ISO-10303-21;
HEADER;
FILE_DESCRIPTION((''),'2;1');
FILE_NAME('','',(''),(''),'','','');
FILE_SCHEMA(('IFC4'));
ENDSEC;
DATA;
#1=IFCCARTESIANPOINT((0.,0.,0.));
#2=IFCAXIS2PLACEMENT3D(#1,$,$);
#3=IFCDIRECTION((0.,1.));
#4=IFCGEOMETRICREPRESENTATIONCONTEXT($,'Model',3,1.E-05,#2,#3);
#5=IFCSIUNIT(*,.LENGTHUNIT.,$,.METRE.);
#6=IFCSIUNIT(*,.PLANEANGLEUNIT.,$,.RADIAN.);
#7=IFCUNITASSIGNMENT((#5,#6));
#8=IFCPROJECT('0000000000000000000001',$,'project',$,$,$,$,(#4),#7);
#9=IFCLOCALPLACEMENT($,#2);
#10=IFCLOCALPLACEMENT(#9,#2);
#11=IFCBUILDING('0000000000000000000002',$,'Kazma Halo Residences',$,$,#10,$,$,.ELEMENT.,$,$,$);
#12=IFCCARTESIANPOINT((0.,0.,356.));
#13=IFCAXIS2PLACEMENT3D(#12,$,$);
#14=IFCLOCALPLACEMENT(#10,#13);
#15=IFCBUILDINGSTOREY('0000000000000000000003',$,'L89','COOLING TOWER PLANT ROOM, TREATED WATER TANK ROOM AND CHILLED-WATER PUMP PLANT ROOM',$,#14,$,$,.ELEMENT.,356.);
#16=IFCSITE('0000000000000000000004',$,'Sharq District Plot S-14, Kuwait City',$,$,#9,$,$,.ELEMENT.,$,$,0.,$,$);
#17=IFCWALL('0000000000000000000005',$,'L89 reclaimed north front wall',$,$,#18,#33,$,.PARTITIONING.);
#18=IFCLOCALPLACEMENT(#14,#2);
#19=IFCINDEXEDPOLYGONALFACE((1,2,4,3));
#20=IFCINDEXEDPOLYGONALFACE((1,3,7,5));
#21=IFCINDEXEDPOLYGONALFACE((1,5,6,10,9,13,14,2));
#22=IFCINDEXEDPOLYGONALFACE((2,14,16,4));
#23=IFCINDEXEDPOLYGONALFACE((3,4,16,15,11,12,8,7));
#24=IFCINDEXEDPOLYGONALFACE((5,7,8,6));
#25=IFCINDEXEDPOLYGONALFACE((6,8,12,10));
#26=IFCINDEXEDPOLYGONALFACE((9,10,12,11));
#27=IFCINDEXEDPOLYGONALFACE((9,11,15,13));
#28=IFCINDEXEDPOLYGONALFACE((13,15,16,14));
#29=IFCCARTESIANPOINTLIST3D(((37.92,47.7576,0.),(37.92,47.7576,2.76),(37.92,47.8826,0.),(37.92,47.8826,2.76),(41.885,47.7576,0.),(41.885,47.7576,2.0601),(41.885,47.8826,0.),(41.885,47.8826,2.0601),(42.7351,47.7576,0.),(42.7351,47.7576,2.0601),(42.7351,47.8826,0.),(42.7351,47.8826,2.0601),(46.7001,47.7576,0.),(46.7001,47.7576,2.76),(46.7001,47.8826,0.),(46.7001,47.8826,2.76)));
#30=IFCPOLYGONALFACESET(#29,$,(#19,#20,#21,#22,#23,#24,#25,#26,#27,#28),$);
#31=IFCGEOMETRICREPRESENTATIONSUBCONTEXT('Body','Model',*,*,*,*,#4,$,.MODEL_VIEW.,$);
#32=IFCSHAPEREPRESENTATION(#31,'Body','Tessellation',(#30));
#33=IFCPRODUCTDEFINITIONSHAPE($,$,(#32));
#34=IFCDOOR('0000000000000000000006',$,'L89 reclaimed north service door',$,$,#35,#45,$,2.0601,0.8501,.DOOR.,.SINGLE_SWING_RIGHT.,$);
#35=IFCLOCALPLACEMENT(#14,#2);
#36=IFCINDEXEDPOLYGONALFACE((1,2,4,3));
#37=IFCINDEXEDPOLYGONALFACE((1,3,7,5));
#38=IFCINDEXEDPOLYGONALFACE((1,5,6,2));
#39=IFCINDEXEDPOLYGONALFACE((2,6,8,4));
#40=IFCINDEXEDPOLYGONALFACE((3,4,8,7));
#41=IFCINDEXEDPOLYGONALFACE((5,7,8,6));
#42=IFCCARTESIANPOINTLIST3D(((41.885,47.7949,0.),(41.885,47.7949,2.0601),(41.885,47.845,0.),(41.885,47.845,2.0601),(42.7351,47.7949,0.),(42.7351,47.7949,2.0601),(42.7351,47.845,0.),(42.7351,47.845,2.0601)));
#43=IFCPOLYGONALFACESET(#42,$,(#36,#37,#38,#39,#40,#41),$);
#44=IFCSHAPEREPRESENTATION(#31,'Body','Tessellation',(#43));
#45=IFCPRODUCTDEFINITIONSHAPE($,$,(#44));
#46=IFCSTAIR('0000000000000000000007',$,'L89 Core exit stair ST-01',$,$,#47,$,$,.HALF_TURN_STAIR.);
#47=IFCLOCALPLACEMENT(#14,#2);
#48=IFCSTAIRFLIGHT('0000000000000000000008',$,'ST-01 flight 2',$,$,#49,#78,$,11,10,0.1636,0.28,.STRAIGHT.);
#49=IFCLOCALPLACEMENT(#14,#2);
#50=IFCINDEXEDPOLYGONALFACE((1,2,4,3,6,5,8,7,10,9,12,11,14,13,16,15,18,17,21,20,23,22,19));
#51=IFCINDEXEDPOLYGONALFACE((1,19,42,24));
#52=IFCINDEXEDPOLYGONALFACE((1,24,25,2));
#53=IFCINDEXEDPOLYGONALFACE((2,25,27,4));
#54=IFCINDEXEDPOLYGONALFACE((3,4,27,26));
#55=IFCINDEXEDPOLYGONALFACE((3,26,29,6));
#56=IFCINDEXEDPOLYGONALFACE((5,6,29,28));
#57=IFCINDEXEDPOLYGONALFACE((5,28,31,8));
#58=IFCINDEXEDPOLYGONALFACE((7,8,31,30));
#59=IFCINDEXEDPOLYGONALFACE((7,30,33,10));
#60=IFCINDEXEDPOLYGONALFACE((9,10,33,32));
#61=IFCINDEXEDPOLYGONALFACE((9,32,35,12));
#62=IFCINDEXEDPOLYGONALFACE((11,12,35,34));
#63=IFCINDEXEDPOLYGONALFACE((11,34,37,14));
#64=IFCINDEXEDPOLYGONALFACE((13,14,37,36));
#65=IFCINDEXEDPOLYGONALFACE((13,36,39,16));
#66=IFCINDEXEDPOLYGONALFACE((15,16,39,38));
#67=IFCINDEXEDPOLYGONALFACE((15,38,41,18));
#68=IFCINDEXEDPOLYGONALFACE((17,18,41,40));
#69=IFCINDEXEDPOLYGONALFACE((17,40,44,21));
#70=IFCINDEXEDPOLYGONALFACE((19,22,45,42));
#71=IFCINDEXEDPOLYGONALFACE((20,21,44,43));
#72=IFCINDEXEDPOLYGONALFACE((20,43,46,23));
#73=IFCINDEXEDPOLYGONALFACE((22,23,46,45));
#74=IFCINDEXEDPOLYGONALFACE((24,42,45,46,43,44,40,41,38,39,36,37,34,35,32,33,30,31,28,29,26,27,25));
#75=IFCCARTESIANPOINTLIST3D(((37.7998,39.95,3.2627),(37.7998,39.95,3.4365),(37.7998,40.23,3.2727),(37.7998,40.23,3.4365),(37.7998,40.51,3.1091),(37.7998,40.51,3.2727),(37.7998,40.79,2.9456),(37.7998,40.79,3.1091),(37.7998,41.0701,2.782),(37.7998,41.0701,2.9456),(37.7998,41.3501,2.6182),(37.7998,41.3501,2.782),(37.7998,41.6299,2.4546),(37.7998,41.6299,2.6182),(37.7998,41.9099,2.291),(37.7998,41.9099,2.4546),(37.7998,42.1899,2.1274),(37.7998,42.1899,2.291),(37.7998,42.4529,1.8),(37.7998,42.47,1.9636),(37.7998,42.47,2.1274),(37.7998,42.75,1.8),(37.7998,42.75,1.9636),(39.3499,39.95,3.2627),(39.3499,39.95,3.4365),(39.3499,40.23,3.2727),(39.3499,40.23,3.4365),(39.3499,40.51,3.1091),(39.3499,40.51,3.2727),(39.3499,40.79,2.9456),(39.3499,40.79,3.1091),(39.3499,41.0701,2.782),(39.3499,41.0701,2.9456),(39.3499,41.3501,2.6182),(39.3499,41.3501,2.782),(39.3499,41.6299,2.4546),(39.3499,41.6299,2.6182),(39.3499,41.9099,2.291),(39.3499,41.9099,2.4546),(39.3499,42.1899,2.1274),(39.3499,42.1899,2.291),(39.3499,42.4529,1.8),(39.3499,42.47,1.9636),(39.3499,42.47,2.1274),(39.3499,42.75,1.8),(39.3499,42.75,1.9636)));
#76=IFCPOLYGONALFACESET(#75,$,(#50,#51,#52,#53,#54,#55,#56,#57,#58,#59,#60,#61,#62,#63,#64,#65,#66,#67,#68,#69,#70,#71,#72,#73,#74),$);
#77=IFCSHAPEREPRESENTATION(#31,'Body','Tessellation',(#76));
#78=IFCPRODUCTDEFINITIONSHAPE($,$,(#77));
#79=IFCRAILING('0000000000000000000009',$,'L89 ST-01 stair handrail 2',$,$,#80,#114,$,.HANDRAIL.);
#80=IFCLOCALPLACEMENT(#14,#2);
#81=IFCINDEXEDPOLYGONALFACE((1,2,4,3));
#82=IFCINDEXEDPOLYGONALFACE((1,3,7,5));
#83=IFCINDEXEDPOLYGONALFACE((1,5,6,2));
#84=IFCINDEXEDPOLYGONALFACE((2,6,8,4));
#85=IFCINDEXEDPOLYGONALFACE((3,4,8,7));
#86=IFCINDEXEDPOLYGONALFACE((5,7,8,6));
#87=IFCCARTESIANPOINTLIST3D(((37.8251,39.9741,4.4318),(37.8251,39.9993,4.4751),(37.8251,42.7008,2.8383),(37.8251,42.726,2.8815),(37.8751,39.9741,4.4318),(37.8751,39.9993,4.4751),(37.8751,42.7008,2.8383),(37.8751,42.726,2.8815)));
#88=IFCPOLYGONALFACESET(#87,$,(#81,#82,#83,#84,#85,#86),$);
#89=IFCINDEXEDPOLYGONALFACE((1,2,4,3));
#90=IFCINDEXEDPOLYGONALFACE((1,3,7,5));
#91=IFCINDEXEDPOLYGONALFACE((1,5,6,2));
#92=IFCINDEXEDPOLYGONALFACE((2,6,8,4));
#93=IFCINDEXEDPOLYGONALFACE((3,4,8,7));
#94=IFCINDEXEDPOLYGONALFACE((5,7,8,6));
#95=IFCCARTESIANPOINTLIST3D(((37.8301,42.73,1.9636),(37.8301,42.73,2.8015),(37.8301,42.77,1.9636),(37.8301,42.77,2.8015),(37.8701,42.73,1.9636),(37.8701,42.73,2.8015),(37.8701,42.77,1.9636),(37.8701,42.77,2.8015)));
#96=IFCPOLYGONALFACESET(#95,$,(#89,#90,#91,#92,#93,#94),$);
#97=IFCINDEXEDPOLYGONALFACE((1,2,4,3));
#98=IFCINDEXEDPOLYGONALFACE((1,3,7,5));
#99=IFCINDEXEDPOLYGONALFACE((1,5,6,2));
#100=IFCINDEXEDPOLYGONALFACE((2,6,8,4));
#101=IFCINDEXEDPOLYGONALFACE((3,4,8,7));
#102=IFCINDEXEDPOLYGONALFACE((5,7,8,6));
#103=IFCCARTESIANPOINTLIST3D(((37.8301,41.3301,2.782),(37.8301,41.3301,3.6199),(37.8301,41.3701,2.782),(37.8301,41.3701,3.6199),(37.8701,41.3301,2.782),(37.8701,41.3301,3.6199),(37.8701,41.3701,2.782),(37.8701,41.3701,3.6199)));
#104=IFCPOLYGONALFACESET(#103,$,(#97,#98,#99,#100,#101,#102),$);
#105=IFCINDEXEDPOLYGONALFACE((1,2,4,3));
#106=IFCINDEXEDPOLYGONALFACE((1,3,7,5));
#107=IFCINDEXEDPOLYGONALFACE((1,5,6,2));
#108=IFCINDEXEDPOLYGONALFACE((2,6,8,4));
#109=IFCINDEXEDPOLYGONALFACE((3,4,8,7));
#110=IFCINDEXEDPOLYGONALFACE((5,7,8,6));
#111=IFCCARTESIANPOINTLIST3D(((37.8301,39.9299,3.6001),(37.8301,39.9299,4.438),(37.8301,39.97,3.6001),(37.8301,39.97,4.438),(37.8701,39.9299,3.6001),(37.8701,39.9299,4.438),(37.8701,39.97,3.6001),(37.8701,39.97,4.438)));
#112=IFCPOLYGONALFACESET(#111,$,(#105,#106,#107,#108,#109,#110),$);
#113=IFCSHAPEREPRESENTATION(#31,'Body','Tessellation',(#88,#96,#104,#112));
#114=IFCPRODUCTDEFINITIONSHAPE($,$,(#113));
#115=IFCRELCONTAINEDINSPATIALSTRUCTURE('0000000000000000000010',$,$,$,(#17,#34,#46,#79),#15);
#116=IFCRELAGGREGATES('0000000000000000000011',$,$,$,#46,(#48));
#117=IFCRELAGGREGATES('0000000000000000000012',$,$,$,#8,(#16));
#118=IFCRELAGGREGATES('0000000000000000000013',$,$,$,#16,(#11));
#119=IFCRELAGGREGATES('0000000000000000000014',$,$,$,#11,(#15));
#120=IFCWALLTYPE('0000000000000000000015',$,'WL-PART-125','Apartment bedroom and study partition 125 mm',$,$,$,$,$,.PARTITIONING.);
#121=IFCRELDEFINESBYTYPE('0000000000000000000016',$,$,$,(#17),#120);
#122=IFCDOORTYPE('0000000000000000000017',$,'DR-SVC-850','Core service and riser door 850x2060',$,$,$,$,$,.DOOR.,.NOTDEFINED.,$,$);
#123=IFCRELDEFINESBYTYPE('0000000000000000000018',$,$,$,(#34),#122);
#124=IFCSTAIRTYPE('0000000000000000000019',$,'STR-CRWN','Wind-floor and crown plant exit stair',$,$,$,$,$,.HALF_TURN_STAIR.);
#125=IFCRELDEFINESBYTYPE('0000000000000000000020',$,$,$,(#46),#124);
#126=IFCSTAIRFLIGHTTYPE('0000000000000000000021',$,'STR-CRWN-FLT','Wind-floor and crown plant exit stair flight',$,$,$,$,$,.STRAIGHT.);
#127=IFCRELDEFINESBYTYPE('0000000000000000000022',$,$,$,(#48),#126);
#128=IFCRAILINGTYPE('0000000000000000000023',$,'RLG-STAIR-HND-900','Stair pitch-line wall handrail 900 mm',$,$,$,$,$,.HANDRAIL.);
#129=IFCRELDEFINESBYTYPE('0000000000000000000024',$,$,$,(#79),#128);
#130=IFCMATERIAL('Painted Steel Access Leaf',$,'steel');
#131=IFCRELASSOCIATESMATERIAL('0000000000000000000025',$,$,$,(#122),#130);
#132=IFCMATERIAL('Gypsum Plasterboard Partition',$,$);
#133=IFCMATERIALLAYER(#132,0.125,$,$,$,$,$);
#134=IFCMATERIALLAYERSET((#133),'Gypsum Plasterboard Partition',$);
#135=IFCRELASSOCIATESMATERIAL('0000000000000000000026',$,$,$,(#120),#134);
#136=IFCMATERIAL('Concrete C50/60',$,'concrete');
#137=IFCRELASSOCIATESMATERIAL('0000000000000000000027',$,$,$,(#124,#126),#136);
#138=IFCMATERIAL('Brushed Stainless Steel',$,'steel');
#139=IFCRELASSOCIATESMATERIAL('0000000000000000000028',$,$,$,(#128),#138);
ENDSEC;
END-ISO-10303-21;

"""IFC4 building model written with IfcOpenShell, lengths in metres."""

from ifc_helpers import new_model, si_unit, direction, frame, frame_2d, origin, origin_2d, place, context, subcontext, project, spatial, polyline, rectangle, outline, extrude, material, layer, layer_set, type_object, element, fill, aggregate, save


model = new_model("IFC4")

# Units and contexts
model_context = context("Model", 3, precision=1e-05, world=origin(), true_north=direction((0.0, 1.0)))
body_context = subcontext(model_context, "Body", "Model", "MODEL_VIEW")
ifc_project = project(units=[si_unit("LENGTHUNIT", "METRE"), si_unit("PLANEANGLEUNIT", "RADIAN")], contexts=[model_context])

# Site, building, storey
site_placement = place(None, origin())
site = spatial("IfcSite", under=ifc_project, at=site_placement, Name="Sharq District Plot S-14, Kuwait City", CompositionType="ELEMENT", RefElevation=0.0)
building_placement = place(site_placement, origin())
building = spatial("IfcBuilding", under=site, at=building_placement, Name="Kazma Halo Residences", CompositionType="ELEMENT")
storey_placement = place(building_placement, frame((0.0, 0.0, 356.0)))
storey = spatial("IfcBuildingStorey", under=building, at=storey_placement, Name="L89", Description="COOLING TOWER PLANT ROOM, TREATED WATER TANK ROOM AND CHILLED-WATER PUMP PLANT ROOM", CompositionType="ELEMENT", Elevation=356.0)

# Shared definitions
ifc_material_1 = material(Name="Painted Steel Access Leaf", Category="steel")
door_type = type_object("IfcDoorType", Name="DR-SVC-850", Description="Core service and riser door 850x2060", OperationType="NOTDEFINED", PredefinedType="DOOR", material=ifc_material_1)

# Wall, opening, door
ifc_material_2 = material(Name="Gypsum Plasterboard Partition")
ifc_layer_1 = layer(ifc_material_2, 0.125)
ifc_layer_set_1 = layer_set([ifc_layer_1], Name="Gypsum Plasterboard Partition")
wall_type_1 = type_object("IfcWallType", Name="WL-PART-125", Description="Apartment bedroom and study partition 125 mm", PredefinedType="PARTITIONING", material=ifc_layer_set_1)
wall_1_placement = place(storey_placement, frame((37.9199, 47.8201, 0.0), z_axis=(0.0, 0.0, 1.0), x_axis=(1.0, 0.0, 0.0)))
wall_1 = element("IfcWall", 1, at=wall_1_placement, inside=storey, type_object=wall_type_1, Name="L89 reclaimed north front wall", PredefinedType="PARTITIONING", context=body_context, shape_type="SweptSolid", body=[
    extrude(rectangle(XDim=8.78, YDim=0.125, at=frame_2d((4.3901, 0.0))), origin(), (0.0, 0.0, 1.0), 2.76),
])
opening_1_placement = place(wall_1_placement, frame((3.9651, 0.0, 0.0)))
opening_1 = element("IfcOpeningElement", 2, at=opening_1_placement, cuts=wall_1, PredefinedType="OPENING", context=body_context, shape_type="SweptSolid", body=[
    extrude(rectangle(XDim=0.8501, YDim=2.0601, at=frame_2d((0.425, 1.03))), frame((0.0, 0.0725, 0.0), z_axis=(0.0, -1.0, 0.0), x_axis=(1.0, 0.0, 0.0)), (0.0, 0.0, 1.0), 0.145),
])
door_1_placement = place(opening_1_placement, origin())
door_1 = element("IfcDoor", 3, at=door_1_placement, inside=storey, type_object=door_type, Name="L89 reclaimed north service door", OperationType="SINGLE_SWING_RIGHT", OverallHeight=2.0601, OverallWidth=0.8501, PredefinedType="DOOR", context=body_context, shape_type="SweptSolid", body=[
    extrude(rectangle(XDim=0.8501, YDim=2.0601, at=frame_2d((0.425, 1.03))), frame((0.0, 0.0249, 0.0), z_axis=(0.0, -1.0, 0.0), x_axis=(1.0, 0.0, 0.0)), (0.0, 0.0, 1.0), 0.05),
])
fill(opening_1, door_1)

# Stair, stair flight
ifc_material_3 = material(Name="Concrete C50/60", Category="concrete")
stair_type = type_object("IfcStairType", Name="STR-CRWN", Description="Wind-floor and crown plant exit stair", PredefinedType="HALF_TURN_STAIR", material=ifc_material_3)
stair_placement = place(storey_placement, origin())
stair = element("IfcStair", 4, at=stair_placement, inside=storey, type_object=stair_type, Name="L89 Core exit stair ST-01", PredefinedType="HALF_TURN_STAIR")
stair_flight_type = type_object("IfcStairFlightType", Name="STR-CRWN-FLT", Description="Wind-floor and crown plant exit stair flight", PredefinedType="STRAIGHT", material=ifc_material_3)
stair_flight_placement = place(storey_placement, frame((38.575, 42.75, 1.8), z_axis=(0.0, 0.0, 1.0), x_axis=(0.0, -1.0, 0.0)))
stair_flight = element("IfcStairFlight", 5, at=stair_flight_placement, type_object=stair_flight_type, Name="ST-01 flight 2", NumberOfRisers=11, NumberOfTreads=10, PredefinedType="STRAIGHT", RiserHeight=0.1636, TreadLength=0.28, context=body_context, shape_type="SweptSolid", body=[
    extrude(outline(polyline([(0.0, 0.0), (0.0, 0.1636), (0.28, 0.1636), (0.28, 0.3274), (0.5601, 0.3274), (0.5601, 0.491), (0.8401, 0.491), (0.8401, 0.6545), (1.1201, 0.6545), (1.1201, 0.8181), (1.3999, 0.8181), (1.3999, 0.9819), (1.6799, 0.9819), (1.6799, 1.1455), (1.96, 1.1455), (1.96, 1.3091), (2.24, 1.3091), (2.24, 1.4727), (2.52, 1.4727), (2.52, 1.6365), (2.8, 1.6365), (2.8, 1.8), (2.8, 1.4626), (0.2971, 0.0), (0.0, 0.0)])), frame((0.0, 0.7749, 0.0), z_axis=(0.0, -1.0, 0.0), x_axis=(1.0, 0.0, 0.0)), (0.0, 0.0, 1.0), 1.55),
])
aggregate(stair, [stair_flight])

# Railing
ifc_material_4 = material(Name="Brushed Stainless Steel", Category="steel")
railing_type = type_object("IfcRailingType", Name="RLG-STAIR-HND-900", Description="Stair pitch-line wall handrail 900 mm", PredefinedType="HANDRAIL", material=ifc_material_4)
railing_placement = place(storey_placement, frame((37.8501, 42.75, 1.9636)))
element("IfcRailing", 6, at=railing_placement, inside=storey, type_object=railing_type, Name="L89 ST-01 stair handrail 2", PredefinedType="HANDRAIL", context=body_context, shape_type="SweptSolid", body=[
    extrude(rectangle(XDim=0.05, YDim=0.05, at=origin_2d()), frame((0.0, -0.0366, 0.8962), z_axis=(0.0, -0.863361, 0.504587), x_axis=(1.0, 0.0, 0.0)), (0.0, 0.0, 1.0), 3.1582),
    extrude(rectangle(XDim=0.04, YDim=0.04, at=origin_2d()), origin(), (0.0, 0.0, 1.0), 0.8379),
    extrude(rectangle(XDim=0.04, YDim=0.04, at=origin_2d()), frame((0.0, -1.3999, 0.8184)), (0.0, 0.0, 1.0), 0.8379),
    extrude(rectangle(XDim=0.04, YDim=0.04, at=origin_2d()), frame((0.0, -2.8, 1.6365)), (0.0, 0.0, 1.0), 0.8379),
])

save(model, "model.ifc")
